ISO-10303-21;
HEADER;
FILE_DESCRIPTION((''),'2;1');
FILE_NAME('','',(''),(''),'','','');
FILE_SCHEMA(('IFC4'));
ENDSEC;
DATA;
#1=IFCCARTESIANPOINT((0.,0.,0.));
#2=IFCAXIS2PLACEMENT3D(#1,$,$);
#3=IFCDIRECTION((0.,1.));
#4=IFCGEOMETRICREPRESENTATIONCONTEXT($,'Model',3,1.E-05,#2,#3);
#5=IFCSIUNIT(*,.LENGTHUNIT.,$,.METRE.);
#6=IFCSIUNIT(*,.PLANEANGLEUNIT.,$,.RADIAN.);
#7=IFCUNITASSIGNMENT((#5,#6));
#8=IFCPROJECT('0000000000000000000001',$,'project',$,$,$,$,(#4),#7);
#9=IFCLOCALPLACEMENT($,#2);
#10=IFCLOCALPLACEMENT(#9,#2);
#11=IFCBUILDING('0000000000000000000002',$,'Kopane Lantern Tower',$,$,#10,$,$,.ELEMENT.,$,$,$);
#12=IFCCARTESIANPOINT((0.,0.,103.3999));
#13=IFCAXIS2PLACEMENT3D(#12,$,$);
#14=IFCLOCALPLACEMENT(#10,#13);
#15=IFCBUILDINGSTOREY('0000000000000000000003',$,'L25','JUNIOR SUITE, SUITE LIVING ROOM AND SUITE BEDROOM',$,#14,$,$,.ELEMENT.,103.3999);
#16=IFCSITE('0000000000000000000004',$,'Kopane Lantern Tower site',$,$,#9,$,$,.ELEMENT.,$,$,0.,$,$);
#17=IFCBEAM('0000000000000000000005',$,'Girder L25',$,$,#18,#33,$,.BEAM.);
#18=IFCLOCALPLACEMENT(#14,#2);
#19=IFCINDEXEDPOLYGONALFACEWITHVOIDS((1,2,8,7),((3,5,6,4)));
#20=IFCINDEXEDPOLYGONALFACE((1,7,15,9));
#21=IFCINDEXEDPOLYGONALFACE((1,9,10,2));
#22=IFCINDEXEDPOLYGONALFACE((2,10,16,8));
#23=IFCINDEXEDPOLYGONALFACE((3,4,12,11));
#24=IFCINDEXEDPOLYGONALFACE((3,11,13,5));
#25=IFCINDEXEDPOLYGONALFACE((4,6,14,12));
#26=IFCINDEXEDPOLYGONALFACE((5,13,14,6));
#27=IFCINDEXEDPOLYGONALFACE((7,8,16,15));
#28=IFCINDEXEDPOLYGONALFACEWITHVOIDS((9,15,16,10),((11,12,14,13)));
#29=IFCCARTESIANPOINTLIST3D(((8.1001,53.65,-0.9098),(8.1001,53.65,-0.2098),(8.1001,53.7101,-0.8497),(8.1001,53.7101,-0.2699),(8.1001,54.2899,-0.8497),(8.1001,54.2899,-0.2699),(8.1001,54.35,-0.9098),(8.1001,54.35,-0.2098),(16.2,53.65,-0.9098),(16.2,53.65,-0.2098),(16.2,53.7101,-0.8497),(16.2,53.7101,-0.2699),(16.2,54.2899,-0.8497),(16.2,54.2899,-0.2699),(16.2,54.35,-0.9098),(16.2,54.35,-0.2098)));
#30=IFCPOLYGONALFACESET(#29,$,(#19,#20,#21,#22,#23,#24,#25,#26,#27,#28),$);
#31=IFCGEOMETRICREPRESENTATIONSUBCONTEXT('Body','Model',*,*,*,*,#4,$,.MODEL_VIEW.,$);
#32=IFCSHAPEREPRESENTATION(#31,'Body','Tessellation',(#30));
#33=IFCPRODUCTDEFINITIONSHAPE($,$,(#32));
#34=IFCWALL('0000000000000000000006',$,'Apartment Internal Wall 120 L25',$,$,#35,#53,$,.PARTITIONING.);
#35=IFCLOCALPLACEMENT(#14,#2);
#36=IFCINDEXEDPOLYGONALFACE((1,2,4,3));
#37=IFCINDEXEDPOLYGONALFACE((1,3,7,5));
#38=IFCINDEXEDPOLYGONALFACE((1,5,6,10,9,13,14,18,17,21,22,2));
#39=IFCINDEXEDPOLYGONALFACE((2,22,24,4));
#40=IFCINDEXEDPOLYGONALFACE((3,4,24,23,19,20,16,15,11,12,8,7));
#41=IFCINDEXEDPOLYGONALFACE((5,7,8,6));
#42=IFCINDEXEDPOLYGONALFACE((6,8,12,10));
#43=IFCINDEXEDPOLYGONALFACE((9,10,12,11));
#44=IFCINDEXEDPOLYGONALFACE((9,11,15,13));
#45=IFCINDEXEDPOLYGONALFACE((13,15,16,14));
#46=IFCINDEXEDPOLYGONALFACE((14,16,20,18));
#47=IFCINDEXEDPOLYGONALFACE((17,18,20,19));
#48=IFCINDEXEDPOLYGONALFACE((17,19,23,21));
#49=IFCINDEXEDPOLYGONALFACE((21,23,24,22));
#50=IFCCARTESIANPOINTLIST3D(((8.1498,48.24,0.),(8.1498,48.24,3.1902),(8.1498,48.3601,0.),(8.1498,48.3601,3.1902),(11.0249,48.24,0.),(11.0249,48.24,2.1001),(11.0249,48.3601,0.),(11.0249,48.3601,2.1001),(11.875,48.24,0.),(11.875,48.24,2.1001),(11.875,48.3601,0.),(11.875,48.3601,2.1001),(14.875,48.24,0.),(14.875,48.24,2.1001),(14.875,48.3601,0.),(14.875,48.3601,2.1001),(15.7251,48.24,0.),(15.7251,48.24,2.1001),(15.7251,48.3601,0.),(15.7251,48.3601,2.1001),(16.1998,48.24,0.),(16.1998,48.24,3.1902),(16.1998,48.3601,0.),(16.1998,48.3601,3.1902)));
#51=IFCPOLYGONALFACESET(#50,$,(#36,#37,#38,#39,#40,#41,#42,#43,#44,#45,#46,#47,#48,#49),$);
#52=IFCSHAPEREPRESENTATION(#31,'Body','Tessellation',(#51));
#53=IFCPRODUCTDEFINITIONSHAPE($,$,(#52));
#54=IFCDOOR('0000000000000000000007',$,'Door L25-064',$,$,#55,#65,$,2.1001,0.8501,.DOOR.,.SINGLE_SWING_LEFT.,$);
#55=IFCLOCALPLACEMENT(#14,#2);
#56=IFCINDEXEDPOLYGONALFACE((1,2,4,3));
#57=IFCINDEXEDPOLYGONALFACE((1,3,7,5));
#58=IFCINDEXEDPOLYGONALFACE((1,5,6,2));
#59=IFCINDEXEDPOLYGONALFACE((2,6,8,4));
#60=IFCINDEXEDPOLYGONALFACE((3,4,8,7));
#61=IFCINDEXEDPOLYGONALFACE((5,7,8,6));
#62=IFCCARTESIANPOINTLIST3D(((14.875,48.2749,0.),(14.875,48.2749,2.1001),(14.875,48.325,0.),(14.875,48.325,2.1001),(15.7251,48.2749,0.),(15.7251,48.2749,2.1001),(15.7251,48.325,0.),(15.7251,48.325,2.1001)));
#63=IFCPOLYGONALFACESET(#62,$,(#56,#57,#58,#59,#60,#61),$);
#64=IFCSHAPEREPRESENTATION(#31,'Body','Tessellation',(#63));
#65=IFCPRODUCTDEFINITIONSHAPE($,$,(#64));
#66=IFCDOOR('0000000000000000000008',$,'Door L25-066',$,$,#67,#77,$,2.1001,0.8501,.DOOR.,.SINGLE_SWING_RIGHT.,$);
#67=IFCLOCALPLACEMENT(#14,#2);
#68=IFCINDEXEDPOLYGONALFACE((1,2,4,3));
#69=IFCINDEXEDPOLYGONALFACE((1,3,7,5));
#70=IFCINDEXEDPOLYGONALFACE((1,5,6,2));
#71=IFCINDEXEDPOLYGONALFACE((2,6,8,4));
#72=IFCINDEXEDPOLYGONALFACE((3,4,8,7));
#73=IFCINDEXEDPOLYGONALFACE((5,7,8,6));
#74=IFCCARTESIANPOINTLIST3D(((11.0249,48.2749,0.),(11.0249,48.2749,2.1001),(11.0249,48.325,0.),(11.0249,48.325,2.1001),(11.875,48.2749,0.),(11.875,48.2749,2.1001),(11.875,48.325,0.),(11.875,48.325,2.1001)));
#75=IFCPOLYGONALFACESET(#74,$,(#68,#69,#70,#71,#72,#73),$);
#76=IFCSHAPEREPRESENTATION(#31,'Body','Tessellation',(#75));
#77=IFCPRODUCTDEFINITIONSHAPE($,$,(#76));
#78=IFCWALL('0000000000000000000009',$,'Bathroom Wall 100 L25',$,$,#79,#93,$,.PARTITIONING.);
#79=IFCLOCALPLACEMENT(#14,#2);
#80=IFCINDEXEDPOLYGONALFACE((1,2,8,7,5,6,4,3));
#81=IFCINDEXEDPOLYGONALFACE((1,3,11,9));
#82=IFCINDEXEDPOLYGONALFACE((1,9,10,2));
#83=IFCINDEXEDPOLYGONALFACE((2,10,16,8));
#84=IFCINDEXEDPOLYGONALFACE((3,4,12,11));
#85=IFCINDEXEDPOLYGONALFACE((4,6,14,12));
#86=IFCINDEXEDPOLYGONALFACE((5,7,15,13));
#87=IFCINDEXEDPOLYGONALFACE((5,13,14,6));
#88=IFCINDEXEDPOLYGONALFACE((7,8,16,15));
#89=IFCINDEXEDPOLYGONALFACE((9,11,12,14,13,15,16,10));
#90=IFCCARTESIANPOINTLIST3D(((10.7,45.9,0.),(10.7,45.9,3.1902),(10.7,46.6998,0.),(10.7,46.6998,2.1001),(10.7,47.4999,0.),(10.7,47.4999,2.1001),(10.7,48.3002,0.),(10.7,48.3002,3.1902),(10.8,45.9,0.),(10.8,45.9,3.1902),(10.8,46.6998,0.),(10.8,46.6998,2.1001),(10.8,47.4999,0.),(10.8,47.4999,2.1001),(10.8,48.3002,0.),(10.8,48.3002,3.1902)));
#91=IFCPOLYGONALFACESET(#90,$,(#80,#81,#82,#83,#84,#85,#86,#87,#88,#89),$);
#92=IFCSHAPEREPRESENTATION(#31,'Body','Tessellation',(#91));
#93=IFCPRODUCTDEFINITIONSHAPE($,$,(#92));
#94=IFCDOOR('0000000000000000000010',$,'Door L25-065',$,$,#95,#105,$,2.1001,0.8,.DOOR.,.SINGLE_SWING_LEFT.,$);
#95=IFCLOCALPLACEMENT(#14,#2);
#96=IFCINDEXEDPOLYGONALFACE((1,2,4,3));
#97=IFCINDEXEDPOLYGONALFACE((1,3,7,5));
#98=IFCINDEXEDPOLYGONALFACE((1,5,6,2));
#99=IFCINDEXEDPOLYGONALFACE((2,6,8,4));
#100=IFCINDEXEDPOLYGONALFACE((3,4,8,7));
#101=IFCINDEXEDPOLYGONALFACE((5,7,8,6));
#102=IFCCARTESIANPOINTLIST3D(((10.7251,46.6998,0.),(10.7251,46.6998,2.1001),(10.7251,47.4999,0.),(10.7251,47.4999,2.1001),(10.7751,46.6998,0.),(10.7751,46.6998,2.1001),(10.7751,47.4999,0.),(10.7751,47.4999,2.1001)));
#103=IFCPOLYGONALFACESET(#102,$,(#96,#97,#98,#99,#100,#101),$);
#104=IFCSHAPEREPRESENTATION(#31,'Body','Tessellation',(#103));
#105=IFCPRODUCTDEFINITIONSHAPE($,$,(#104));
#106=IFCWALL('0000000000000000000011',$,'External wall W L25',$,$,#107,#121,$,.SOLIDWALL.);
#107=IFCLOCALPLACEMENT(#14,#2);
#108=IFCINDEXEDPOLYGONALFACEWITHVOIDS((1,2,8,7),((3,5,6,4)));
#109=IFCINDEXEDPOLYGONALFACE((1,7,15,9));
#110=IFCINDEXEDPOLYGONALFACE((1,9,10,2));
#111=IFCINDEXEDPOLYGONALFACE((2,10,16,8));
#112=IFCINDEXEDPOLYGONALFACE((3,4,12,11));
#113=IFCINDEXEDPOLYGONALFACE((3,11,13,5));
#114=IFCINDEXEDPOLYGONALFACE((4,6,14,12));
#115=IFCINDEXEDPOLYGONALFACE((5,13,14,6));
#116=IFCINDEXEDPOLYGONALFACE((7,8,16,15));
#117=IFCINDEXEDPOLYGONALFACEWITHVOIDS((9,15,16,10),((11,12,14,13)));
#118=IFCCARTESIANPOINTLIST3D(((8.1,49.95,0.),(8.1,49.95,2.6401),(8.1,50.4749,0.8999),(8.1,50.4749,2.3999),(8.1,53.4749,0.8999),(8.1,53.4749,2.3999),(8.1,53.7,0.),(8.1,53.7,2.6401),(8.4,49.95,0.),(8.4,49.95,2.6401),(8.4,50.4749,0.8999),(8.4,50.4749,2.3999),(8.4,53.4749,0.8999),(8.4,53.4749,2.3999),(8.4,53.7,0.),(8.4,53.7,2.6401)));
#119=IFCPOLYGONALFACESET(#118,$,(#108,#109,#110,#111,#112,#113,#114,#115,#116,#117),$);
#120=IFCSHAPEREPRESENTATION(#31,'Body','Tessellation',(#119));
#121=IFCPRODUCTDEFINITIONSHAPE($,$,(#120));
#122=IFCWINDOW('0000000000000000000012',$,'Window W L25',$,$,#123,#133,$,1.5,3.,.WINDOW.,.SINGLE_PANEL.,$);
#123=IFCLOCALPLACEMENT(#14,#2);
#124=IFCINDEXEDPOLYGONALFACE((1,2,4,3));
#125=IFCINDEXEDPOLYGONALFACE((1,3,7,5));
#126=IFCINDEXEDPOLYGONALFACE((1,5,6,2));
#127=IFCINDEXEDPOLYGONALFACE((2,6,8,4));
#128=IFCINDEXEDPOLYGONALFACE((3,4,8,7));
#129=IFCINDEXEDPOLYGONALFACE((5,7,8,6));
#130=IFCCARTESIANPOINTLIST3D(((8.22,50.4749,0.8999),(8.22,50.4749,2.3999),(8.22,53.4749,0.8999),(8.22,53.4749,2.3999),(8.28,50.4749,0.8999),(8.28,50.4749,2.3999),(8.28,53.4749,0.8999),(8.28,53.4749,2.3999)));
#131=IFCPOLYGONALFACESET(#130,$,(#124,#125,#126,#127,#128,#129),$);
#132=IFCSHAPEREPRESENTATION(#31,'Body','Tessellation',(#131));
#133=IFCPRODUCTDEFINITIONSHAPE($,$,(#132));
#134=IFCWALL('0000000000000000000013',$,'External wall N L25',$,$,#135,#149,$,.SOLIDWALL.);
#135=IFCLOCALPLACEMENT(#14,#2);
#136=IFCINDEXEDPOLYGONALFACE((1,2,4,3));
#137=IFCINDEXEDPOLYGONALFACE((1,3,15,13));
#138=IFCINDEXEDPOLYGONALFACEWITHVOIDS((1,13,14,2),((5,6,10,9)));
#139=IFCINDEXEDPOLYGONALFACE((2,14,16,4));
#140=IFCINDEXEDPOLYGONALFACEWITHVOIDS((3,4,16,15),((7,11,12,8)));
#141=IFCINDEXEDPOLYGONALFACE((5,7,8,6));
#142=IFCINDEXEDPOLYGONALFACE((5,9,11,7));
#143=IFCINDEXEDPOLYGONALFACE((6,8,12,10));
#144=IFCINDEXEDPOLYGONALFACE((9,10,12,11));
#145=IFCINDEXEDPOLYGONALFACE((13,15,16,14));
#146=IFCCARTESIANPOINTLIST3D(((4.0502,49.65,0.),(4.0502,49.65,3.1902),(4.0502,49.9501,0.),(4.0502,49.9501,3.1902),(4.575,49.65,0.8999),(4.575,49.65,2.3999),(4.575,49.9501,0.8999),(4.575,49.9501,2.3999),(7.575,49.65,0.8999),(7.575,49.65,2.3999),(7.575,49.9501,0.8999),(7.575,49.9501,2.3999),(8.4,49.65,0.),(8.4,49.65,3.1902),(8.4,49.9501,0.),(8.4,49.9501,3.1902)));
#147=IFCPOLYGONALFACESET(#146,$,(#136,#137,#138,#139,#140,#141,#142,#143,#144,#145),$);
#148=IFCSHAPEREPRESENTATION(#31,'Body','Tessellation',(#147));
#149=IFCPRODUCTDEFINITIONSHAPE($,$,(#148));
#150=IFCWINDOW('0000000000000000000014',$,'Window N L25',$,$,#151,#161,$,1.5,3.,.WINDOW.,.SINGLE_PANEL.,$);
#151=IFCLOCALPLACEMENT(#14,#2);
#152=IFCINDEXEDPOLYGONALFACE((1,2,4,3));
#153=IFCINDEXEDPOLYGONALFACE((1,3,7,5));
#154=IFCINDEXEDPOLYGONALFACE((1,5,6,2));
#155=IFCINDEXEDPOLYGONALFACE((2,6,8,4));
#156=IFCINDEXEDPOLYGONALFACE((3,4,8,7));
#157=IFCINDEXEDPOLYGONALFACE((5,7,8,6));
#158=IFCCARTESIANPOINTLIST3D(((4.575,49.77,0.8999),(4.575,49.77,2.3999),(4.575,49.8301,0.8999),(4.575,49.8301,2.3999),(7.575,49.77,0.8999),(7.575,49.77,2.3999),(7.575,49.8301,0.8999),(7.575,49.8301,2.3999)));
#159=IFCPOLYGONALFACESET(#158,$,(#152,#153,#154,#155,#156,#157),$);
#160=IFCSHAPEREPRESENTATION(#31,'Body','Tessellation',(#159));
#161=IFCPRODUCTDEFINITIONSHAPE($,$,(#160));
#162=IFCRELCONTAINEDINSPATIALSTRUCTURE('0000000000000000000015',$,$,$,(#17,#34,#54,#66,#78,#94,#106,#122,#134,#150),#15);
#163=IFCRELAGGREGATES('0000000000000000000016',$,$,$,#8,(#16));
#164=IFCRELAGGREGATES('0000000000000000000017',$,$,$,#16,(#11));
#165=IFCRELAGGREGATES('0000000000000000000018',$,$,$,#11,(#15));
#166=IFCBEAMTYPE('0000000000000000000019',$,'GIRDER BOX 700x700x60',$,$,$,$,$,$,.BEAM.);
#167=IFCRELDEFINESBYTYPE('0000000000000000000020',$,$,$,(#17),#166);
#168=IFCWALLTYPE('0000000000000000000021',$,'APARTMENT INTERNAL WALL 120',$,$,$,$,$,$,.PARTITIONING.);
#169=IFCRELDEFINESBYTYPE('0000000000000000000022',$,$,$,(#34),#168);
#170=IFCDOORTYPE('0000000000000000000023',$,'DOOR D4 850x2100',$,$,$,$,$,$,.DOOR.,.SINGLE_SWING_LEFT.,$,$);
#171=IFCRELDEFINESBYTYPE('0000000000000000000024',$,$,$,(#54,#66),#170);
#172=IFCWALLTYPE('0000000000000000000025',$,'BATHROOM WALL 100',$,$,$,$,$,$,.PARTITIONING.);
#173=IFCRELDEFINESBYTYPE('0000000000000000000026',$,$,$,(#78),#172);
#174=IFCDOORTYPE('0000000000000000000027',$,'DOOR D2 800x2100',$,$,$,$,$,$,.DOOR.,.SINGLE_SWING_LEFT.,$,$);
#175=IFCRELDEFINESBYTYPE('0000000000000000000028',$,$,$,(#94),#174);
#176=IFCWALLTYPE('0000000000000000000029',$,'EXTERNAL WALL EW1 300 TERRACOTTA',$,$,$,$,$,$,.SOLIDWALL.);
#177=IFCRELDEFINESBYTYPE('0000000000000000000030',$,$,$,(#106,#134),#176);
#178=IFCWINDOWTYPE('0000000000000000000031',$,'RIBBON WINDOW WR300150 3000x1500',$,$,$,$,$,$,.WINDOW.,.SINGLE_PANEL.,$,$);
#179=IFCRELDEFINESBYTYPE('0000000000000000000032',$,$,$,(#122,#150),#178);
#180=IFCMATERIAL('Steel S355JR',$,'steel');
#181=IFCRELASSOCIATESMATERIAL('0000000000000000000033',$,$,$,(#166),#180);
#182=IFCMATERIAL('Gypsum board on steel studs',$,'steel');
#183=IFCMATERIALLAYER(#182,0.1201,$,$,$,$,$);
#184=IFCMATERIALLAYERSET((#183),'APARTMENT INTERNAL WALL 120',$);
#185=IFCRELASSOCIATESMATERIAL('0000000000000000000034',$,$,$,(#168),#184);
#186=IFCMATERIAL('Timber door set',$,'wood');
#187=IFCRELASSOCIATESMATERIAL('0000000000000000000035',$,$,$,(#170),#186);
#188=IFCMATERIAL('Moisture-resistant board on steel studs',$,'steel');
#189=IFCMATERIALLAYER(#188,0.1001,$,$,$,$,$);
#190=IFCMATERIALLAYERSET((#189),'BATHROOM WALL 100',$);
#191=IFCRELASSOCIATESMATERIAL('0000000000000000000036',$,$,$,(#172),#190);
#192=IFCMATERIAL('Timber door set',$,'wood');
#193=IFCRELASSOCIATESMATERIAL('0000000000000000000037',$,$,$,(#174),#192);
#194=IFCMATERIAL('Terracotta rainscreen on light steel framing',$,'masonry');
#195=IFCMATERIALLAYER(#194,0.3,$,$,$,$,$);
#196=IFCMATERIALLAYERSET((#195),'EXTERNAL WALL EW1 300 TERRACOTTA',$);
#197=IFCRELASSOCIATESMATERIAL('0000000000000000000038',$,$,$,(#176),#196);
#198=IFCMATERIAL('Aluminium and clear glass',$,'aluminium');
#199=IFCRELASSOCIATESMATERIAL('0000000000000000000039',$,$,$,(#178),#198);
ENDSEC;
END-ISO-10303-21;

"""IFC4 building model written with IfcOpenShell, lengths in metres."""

from ifc_helpers import new_model, si_unit, direction, frame, frame_2d, origin, origin_2d, place, context, subcontext, project, spatial, rectangle, hollow_rectangle, extrude, material, layer, layer_set, material_profile, profile_set, type_object, element, fill, save


model = new_model("IFC4")

# Units and contexts
model_context = context("Model", 3, precision=1e-05, world=origin(), true_north=direction((0.0, 1.0)))
body_context = subcontext(model_context, "Body", "Model", "MODEL_VIEW")
ifc_project = project(units=[si_unit("LENGTHUNIT", "METRE"), si_unit("PLANEANGLEUNIT", "RADIAN")], contexts=[model_context])

# Site, building, storey
site_placement = place(None, origin())
site = spatial("IfcSite", under=ifc_project, at=site_placement, Name="Kopane Lantern Tower site", CompositionType="ELEMENT", RefElevation=0.0)
building_placement = place(site_placement, origin())
building = spatial("IfcBuilding", under=site, at=building_placement, Name="Kopane Lantern Tower", CompositionType="ELEMENT")
storey_placement = place(building_placement, frame((0.0, 0.0, 103.3999)))
storey = spatial("IfcBuildingStorey", under=building, at=storey_placement, Name="L25", Description="JUNIOR SUITE, SUITE LIVING ROOM AND SUITE BEDROOM", CompositionType="ELEMENT", Elevation=103.3999)

# Beam
ifc_material_1 = material(Name="Steel S355JR", Category="steel")
ifc_material_profile_1 = material_profile(ifc_material_1, hollow_rectangle(XDim=0.7, YDim=0.7, WallThickness=0.0601, at=origin_2d()), Name="BOX 700x700x60")
ifc_profile_set_1 = profile_set([ifc_material_profile_1], Name="Steel S355JR")
beam_type_1 = type_object("IfcBeamType", Name="GIRDER BOX 700x700x60", PredefinedType="BEAM", material=ifc_profile_set_1)
beam_1_placement = place(storey_placement, frame((8.1001, 54.0, -0.5598), z_axis=(1.0, 0.0, 0.0), x_axis=(0.0, 1.0, 0.0)))
element("IfcBeam", 1, at=beam_1_placement, inside=storey, type_object=beam_type_1, Name="Girder L25", PredefinedType="BEAM", context=body_context, shape_type="SweptSolid", body=[
    extrude(hollow_rectangle(XDim=0.7, YDim=0.7, WallThickness=0.0601, at=origin_2d()), origin(), (0.0, 0.0, 1.0), 8.0999),
])

# Wall, openings, doors
ifc_material_2 = material(Name="Gypsum board on steel studs", Category="steel")
ifc_layer_1 = layer(ifc_material_2, 0.1201)
ifc_layer_set_1 = layer_set([ifc_layer_1], Name="APARTMENT INTERNAL WALL 120")
wall_type_1 = type_object("IfcWallType", Name="APARTMENT INTERNAL WALL 120", PredefinedType="PARTITIONING", material=ifc_layer_set_1)
wall_1_placement = place(storey_placement, frame((8.1499, 48.3, 0.0), z_axis=(0.0, 0.0, 1.0), x_axis=(1.0, 0.0, 0.0)))
wall_1 = element("IfcWall", 2, at=wall_1_placement, inside=storey, type_object=wall_type_1, Name="Apartment Internal Wall 120 L25", PredefinedType="PARTITIONING", context=body_context, shape_type="SweptSolid", body=[
    extrude(rectangle(XDim=8.05, YDim=0.1201, at=frame_2d((4.0249, 0.0))), origin(), (0.0, 0.0, 1.0), 3.1902),
])
opening_1_placement = place(wall_1_placement, frame((6.7251, 0.0, 0.0)))
opening_1 = element("IfcOpeningElement", 3, at=opening_1_placement, cuts=wall_1, PredefinedType="OPENING", context=body_context, shape_type="SweptSolid", body=[
    extrude(rectangle(XDim=0.8501, YDim=2.1001, at=frame_2d((0.425, 1.05))), frame((0.0, 0.0701, 0.0), z_axis=(0.0, -1.0, 0.0), x_axis=(1.0, 0.0, 0.0)), (0.0, 0.0, 1.0), 0.1401),
])
opening_2_placement = place(wall_1_placement, frame((2.875, 0.0, 0.0)))
opening_2 = element("IfcOpeningElement", 4, at=opening_2_placement, cuts=wall_1, PredefinedType="OPENING", context=body_context, shape_type="SweptSolid", body=[
    extrude(rectangle(XDim=0.8501, YDim=2.1001, at=frame_2d((0.425, 1.05))), frame((0.0, 0.0701, 0.0), z_axis=(0.0, -1.0, 0.0), x_axis=(1.0, 0.0, 0.0)), (0.0, 0.0, 1.0), 0.1401),
])
ifc_material_3 = material(Name="Timber door set", Category="wood")
door_type_1 = type_object("IfcDoorType", Name="DOOR D4 850x2100", OperationType="SINGLE_SWING_LEFT", PredefinedType="DOOR", material=ifc_material_3)
door_1_placement = place(opening_1_placement, origin())
door_1 = element("IfcDoor", 5, at=door_1_placement, inside=storey, type_object=door_type_1, Name="Door L25-064", OperationType="SINGLE_SWING_LEFT", OverallHeight=2.1001, OverallWidth=0.8501, PredefinedType="DOOR", context=body_context, shape_type="SweptSolid", body=[
    extrude(rectangle(XDim=0.8501, YDim=2.1001, at=frame_2d((0.425, 1.05))), frame((0.0, 0.0249, 0.0), z_axis=(0.0, -1.0, 0.0), x_axis=(1.0, 0.0, 0.0)), (0.0, 0.0, 1.0), 0.05),
])
fill(opening_1, door_1)
door_2_placement = place(opening_2_placement, origin())
door_2 = element("IfcDoor", 6, at=door_2_placement, inside=storey, type_object=door_type_1, Name="Door L25-066", OperationType="SINGLE_SWING_RIGHT", OverallHeight=2.1001, OverallWidth=0.8501, PredefinedType="DOOR", context=body_context, shape_type="SweptSolid", body=[
    extrude(rectangle(XDim=0.8501, YDim=2.1001, at=frame_2d((0.425, 1.05))), frame((0.0, 0.0249, 0.0), z_axis=(0.0, -1.0, 0.0), x_axis=(1.0, 0.0, 0.0)), (0.0, 0.0, 1.0), 0.05),
])
fill(opening_2, door_2)

# Wall, opening, door
ifc_material_4 = material(Name="Moisture-resistant board on steel studs", Category="steel")
ifc_layer_2 = layer(ifc_material_4, 0.1001)
ifc_layer_set_2 = layer_set([ifc_layer_2], Name="BATHROOM WALL 100")
wall_type_2 = type_object("IfcWallType", Name="BATHROOM WALL 100", PredefinedType="PARTITIONING", material=ifc_layer_set_2)
wall_2_placement = place(storey_placement, frame((10.75, 45.8999, 0.0), z_axis=(0.0, 0.0, 1.0), x_axis=(0.0, 1.0, 0.0)))
wall_2 = element("IfcWall", 7, at=wall_2_placement, inside=storey, type_object=wall_type_2, Name="Bathroom Wall 100 L25", PredefinedType="PARTITIONING", context=body_context, shape_type="SweptSolid", body=[
    extrude(rectangle(XDim=2.4001, YDim=0.1001, at=frame_2d((1.2002, 0.0))), origin(), (0.0, 0.0, 1.0), 3.1902),
])
opening_3_placement = place(wall_2_placement, frame((0.8, 0.0, 0.0)))
opening_3 = element("IfcOpeningElement", 8, at=opening_3_placement, cuts=wall_2, PredefinedType="OPENING", context=body_context, shape_type="SweptSolid", body=[
    extrude(rectangle(XDim=0.8, YDim=2.1001, at=frame_2d((0.3999, 1.05))), frame((0.0, 0.0601, 0.0), z_axis=(0.0, -1.0, 0.0), x_axis=(1.0, 0.0, 0.0)), (0.0, 0.0, 1.0), 0.1201),
])
ifc_material_5 = material(Name="Timber door set", Category="wood")
door_type_2 = type_object("IfcDoorType", Name="DOOR D2 800x2100", OperationType="SINGLE_SWING_LEFT", PredefinedType="DOOR", material=ifc_material_5)
door_3_placement = place(opening_3_placement, origin())
door_3 = element("IfcDoor", 9, at=door_3_placement, inside=storey, type_object=door_type_2, Name="Door L25-065", OperationType="SINGLE_SWING_LEFT", OverallHeight=2.1001, OverallWidth=0.8, PredefinedType="DOOR", context=body_context, shape_type="SweptSolid", body=[
    extrude(rectangle(XDim=0.8, YDim=2.1001, at=frame_2d((0.3999, 1.05))), frame((0.0, 0.0249, 0.0), z_axis=(0.0, -1.0, 0.0), x_axis=(1.0, 0.0, 0.0)), (0.0, 0.0, 1.0), 0.05),
])
fill(opening_3, door_3)

# Walls, openings, windows
ifc_material_6 = material(Name="Terracotta rainscreen on light steel framing", Category="masonry")
ifc_layer_3 = layer(ifc_material_6, 0.3)
ifc_layer_set_3 = layer_set([ifc_layer_3], Name="EXTERNAL WALL EW1 300 TERRACOTTA")
wall_type_3 = type_object("IfcWallType", Name="EXTERNAL WALL EW1 300 TERRACOTTA", PredefinedType="SOLIDWALL", material=ifc_layer_set_3)
wall_3_placement = place(storey_placement, frame((8.25, 53.7, 0.0), z_axis=(0.0, 0.0, 1.0), x_axis=(0.0, -1.0, 0.0)))
wall_3 = element("IfcWall", 10, at=wall_3_placement, inside=storey, type_object=wall_type_3, Name="External wall W L25", PredefinedType="SOLIDWALL", context=body_context, shape_type="SweptSolid", body=[
    extrude(rectangle(XDim=3.75, YDim=0.3, at=frame_2d((1.875, 0.0))), origin(), (0.0, 0.0, 1.0), 2.6401),
])
opening_4_placement = place(wall_3_placement, frame((0.2251, 0.0, 0.8999)))
opening_4 = element("IfcOpeningElement", 11, at=opening_4_placement, cuts=wall_3, PredefinedType="OPENING", context=body_context, shape_type="SweptSolid", body=[
    extrude(rectangle(XDim=3.0, YDim=1.5, at=frame_2d((1.5, 0.75))), frame((0.0, 0.1599, 0.0), z_axis=(0.0, -1.0, 0.0), x_axis=(1.0, 0.0, 0.0)), (0.0, 0.0, 1.0), 0.3201),
])
ifc_material_7 = material(Name="Aluminium and clear glass", Category="aluminium")
window_type = type_object("IfcWindowType", Name="RIBBON WINDOW WR300150 3000x1500", PartitioningType="SINGLE_PANEL", PredefinedType="WINDOW", material=ifc_material_7)
window_1_placement = place(opening_4_placement, origin())
window_1 = element("IfcWindow", 12, at=window_1_placement, inside=storey, type_object=window_type, Name="Window W L25", OverallHeight=1.5, OverallWidth=3.0, PartitioningType="SINGLE_PANEL", PredefinedType="WINDOW", context=body_context, shape_type="SweptSolid", body=[
    extrude(rectangle(XDim=3.0, YDim=1.5, at=frame_2d((1.5, 0.75))), frame((0.0, 0.03, 0.0), z_axis=(0.0, -1.0, 0.0), x_axis=(1.0, 0.0, 0.0)), (0.0, 0.0, 1.0), 0.0601),
])
fill(opening_4, window_1)
wall_4_placement = place(storey_placement, frame((8.3999, 49.8, 0.0), z_axis=(0.0, 0.0, 1.0), x_axis=(-1.0, 0.0, 0.0)))
wall_4 = element("IfcWall", 13, at=wall_4_placement, inside=storey, type_object=wall_type_3, Name="External wall N L25", PredefinedType="SOLIDWALL", context=body_context, shape_type="SweptSolid", body=[
    extrude(rectangle(XDim=4.3499, YDim=0.3, at=frame_2d((2.1748, 0.0))), origin(), (0.0, 0.0, 1.0), 3.1902),
])
opening_5_placement = place(wall_4_placement, frame((0.825, 0.0, 0.8999)))
opening_5 = element("IfcOpeningElement", 14, at=opening_5_placement, cuts=wall_4, PredefinedType="OPENING", context=body_context, shape_type="SweptSolid", body=[
    extrude(rectangle(XDim=3.0, YDim=1.5, at=frame_2d((1.5, 0.75))), frame((0.0, 0.1599, 0.0), z_axis=(0.0, -1.0, 0.0), x_axis=(1.0, 0.0, 0.0)), (0.0, 0.0, 1.0), 0.3201),
])
window_2_placement = place(opening_5_placement, origin())
window_2 = element("IfcWindow", 15, at=window_2_placement, inside=storey, type_object=window_type, Name="Window N L25", OverallHeight=1.5, OverallWidth=3.0, PartitioningType="SINGLE_PANEL", PredefinedType="WINDOW", context=body_context, shape_type="SweptSolid", body=[
    extrude(rectangle(XDim=3.0, YDim=1.5, at=frame_2d((1.5, 0.75))), frame((0.0, 0.03, 0.0), z_axis=(0.0, -1.0, 0.0), x_axis=(1.0, 0.0, 0.0)), (0.0, 0.0, 1.0), 0.0601),
])
fill(opening_5, window_2)

save(model, "model.ifc")
